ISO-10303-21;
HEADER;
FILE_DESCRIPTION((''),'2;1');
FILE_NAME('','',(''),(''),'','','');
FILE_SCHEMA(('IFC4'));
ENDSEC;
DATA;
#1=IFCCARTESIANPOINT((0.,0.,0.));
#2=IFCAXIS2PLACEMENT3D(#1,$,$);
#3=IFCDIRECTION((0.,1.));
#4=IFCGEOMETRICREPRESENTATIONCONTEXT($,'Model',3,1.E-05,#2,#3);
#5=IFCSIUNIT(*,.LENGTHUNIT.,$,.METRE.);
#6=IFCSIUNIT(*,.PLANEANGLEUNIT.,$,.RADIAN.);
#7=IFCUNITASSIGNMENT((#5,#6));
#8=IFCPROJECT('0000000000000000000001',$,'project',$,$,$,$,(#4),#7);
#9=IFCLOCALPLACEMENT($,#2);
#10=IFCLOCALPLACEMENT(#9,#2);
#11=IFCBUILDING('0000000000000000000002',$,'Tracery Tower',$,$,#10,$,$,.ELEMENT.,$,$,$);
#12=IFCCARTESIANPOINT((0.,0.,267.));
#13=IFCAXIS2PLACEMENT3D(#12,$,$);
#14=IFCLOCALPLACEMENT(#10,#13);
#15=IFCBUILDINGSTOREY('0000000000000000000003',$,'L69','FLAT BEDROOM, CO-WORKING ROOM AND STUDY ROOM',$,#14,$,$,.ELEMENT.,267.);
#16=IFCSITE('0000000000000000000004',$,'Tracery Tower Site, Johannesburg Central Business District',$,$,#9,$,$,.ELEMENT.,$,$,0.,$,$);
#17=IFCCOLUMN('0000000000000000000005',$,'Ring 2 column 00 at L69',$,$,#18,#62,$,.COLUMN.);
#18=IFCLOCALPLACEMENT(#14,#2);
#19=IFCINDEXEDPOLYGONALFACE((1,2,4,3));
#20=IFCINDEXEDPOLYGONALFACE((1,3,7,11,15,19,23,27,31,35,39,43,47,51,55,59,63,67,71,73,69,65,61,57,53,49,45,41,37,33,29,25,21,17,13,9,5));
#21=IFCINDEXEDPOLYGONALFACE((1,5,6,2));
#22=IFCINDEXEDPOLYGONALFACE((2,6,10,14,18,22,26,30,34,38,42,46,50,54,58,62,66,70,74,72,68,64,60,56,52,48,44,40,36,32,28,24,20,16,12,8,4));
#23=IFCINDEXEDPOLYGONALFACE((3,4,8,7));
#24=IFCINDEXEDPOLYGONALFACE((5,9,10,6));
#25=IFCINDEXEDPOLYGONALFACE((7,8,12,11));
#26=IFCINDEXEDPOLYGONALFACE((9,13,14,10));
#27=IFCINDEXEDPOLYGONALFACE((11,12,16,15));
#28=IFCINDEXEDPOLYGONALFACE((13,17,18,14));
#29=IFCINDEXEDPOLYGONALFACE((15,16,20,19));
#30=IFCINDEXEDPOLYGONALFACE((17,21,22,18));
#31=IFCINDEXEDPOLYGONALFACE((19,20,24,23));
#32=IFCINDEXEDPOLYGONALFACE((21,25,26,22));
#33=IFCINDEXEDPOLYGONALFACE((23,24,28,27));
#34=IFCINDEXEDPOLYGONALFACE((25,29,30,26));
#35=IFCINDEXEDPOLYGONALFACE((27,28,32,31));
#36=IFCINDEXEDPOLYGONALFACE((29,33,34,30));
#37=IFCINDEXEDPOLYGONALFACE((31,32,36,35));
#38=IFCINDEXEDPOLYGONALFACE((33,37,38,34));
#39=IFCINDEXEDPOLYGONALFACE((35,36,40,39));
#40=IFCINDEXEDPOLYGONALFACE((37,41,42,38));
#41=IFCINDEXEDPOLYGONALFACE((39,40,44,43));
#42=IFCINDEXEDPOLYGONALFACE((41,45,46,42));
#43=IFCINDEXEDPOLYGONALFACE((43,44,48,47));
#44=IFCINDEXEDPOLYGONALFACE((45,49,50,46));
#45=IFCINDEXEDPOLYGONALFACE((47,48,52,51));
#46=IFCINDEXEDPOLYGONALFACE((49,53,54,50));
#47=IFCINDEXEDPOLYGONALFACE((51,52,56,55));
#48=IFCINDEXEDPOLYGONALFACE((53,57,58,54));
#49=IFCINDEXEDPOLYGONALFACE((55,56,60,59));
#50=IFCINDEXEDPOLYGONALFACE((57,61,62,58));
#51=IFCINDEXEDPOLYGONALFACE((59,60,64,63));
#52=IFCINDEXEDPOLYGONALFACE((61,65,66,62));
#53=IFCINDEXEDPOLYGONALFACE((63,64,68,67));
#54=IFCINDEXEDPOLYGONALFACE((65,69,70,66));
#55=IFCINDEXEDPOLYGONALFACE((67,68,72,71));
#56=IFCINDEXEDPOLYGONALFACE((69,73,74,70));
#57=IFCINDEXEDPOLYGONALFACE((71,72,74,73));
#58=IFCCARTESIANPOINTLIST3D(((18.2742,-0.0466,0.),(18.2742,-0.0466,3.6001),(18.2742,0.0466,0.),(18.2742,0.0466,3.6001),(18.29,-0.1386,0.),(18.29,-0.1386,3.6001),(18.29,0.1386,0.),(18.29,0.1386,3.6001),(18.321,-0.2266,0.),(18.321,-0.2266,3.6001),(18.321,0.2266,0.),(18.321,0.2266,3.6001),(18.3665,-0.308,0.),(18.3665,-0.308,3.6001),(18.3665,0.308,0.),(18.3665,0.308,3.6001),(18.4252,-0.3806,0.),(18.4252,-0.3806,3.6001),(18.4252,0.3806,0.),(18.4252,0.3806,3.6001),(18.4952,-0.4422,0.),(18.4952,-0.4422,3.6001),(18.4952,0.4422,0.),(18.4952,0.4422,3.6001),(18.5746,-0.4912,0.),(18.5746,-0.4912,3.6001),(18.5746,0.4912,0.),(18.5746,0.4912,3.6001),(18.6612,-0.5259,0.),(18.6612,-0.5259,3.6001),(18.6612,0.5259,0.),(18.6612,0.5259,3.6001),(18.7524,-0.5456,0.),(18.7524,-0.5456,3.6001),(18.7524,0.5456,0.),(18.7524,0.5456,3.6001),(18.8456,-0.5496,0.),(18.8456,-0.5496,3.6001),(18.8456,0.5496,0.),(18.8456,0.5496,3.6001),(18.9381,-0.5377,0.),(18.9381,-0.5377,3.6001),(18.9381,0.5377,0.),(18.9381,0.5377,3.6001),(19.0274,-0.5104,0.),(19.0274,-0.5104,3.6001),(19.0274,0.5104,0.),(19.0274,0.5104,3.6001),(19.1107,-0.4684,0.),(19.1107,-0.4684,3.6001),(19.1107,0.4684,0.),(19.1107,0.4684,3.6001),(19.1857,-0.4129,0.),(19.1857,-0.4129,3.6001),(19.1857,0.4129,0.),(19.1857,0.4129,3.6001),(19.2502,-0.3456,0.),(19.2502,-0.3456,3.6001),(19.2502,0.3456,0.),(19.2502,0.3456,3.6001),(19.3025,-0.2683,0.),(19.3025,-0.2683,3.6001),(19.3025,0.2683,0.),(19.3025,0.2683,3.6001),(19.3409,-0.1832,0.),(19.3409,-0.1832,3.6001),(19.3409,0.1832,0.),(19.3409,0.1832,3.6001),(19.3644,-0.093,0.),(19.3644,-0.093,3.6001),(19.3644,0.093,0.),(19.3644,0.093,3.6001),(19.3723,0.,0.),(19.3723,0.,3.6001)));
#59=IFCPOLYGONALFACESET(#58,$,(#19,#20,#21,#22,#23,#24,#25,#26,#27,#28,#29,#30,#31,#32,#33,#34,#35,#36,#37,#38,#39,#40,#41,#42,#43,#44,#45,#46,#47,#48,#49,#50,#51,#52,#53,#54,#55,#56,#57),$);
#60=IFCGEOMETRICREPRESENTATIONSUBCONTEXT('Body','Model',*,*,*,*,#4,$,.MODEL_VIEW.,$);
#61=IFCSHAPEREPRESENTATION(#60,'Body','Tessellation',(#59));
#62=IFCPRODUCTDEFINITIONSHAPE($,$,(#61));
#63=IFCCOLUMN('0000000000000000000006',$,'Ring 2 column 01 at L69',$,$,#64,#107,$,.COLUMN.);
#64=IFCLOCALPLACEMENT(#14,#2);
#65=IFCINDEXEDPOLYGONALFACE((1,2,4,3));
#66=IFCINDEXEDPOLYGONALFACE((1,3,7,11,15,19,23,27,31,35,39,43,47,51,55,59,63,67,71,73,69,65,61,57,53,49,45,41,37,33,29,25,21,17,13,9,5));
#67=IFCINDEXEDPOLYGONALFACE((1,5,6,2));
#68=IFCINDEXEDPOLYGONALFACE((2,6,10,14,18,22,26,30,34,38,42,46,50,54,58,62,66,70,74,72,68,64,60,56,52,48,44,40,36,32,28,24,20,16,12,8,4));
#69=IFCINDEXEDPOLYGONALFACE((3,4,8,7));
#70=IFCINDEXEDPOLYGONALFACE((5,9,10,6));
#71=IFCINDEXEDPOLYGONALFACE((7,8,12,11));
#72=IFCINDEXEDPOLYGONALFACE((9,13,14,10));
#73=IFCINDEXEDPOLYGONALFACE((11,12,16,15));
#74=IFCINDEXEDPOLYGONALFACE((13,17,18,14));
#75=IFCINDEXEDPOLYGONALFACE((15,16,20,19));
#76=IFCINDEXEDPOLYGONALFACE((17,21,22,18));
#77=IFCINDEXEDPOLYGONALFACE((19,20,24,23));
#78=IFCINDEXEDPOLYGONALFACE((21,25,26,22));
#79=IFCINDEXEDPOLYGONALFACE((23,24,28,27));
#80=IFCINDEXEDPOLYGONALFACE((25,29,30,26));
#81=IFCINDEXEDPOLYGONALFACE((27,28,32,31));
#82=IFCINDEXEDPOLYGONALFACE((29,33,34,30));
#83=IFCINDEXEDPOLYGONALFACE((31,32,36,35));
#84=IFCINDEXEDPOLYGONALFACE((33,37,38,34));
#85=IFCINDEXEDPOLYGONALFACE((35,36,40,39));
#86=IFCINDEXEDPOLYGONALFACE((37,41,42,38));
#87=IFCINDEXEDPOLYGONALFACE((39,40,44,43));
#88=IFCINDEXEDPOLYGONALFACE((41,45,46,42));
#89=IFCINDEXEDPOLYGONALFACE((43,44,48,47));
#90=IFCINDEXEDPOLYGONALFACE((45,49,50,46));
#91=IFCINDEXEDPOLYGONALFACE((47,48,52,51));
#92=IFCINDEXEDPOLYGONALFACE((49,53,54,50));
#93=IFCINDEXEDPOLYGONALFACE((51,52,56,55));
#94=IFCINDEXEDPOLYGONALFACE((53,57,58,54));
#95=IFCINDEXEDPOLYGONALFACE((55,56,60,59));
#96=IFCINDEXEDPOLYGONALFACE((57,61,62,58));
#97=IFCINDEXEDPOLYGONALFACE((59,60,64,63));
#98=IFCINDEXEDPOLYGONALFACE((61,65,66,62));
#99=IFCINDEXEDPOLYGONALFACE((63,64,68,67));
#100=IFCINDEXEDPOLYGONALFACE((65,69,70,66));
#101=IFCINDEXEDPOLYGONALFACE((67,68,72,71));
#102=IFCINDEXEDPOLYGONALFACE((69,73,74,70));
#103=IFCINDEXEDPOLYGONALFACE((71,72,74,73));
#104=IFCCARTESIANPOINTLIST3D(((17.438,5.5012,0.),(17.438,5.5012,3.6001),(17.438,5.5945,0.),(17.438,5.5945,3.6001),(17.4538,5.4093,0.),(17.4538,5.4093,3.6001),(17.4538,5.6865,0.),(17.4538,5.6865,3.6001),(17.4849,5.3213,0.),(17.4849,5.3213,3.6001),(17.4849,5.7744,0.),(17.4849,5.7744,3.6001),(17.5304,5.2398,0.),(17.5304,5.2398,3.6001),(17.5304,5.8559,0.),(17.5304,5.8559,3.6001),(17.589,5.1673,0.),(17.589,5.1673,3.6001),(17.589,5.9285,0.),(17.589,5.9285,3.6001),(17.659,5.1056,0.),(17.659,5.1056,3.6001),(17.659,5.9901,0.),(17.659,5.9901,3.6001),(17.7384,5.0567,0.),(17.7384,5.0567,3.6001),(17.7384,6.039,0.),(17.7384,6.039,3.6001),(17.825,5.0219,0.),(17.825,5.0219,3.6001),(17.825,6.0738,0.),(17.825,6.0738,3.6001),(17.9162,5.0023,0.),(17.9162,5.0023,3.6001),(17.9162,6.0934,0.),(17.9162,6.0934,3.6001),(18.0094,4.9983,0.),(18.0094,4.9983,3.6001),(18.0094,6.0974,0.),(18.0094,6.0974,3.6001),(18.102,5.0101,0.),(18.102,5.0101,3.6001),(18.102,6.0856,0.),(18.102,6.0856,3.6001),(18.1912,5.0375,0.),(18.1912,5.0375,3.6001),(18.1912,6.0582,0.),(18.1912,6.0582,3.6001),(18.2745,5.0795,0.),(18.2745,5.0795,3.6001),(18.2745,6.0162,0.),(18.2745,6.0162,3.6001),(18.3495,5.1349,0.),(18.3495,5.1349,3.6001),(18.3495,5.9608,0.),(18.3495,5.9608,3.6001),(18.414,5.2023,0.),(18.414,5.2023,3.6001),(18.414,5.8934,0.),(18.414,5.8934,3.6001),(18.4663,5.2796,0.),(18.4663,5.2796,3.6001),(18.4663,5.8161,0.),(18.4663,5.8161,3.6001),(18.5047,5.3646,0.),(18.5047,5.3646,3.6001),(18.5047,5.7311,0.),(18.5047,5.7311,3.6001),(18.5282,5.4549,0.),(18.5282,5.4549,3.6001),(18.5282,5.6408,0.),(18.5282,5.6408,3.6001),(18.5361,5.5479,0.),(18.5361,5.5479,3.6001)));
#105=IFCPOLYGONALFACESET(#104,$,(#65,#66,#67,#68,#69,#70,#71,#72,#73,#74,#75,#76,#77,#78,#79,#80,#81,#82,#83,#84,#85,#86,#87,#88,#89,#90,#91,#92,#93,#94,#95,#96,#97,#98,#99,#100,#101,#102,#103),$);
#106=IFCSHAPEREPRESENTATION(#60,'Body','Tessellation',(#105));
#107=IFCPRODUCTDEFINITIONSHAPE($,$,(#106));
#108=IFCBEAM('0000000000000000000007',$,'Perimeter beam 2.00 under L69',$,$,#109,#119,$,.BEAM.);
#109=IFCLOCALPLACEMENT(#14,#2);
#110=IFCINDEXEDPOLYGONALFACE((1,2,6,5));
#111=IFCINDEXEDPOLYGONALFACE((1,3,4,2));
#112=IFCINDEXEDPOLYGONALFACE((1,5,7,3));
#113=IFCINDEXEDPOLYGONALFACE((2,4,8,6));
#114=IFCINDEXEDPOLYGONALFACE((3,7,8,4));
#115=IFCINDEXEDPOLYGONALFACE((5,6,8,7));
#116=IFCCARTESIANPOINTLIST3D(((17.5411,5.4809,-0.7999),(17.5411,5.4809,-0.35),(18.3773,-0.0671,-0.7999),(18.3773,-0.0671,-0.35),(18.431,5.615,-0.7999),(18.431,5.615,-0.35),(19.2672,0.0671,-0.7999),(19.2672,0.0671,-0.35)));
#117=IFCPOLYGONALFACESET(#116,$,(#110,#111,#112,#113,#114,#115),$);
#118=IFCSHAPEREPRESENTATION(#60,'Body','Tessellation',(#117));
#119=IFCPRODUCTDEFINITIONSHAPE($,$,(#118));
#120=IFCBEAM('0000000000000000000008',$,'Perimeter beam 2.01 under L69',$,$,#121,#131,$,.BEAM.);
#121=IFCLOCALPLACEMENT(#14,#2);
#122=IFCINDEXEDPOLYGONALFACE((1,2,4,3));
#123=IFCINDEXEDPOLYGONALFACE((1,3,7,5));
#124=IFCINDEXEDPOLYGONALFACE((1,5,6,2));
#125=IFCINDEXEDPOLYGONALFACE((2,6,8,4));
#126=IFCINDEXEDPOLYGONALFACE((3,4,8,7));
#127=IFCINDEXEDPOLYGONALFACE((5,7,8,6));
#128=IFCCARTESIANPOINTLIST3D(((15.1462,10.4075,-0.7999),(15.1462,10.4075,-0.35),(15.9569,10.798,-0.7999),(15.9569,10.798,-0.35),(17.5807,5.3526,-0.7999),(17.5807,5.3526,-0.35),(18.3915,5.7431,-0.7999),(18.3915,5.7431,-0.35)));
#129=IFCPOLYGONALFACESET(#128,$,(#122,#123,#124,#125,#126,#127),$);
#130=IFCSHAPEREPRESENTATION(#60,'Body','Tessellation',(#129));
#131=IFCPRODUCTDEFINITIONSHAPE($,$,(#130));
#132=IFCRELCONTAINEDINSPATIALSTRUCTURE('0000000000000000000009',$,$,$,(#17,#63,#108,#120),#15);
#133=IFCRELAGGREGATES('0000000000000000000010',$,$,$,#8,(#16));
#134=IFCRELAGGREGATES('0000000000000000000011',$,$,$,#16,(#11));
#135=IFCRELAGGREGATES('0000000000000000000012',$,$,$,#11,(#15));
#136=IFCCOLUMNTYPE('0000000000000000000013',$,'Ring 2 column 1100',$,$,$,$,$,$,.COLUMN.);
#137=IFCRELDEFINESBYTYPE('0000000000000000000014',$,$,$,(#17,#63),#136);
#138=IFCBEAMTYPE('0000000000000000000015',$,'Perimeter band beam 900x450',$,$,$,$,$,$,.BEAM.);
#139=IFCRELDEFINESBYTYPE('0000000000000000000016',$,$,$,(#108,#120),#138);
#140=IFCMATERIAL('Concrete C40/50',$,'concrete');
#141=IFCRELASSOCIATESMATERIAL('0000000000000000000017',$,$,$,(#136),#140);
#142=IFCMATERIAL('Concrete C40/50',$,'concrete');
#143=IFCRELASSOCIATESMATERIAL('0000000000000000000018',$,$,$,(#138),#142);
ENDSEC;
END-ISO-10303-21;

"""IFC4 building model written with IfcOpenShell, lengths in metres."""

from ifc_helpers import new_model, si_unit, direction, frame, origin, origin_2d, place, context, subcontext, project, spatial, rectangle, circle, extrude, material, material_profile, profile_set, type_object, element, save


model = new_model("IFC4")

# Units and contexts
model_context = context("Model", 3, precision=1e-05, world=origin(), true_north=direction((0.0, 1.0)))
body_context = subcontext(model_context, "Body", "Model", "MODEL_VIEW")
ifc_project = project(units=[si_unit("LENGTHUNIT", "METRE"), si_unit("PLANEANGLEUNIT", "RADIAN")], contexts=[model_context])

# Site, building, storey
site_placement = place(None, origin())
site = spatial("IfcSite", under=ifc_project, at=site_placement, Name="Tracery Tower Site, Johannesburg Central Business District", CompositionType="ELEMENT", RefElevation=0.0)
building_placement = place(site_placement, origin())
building = spatial("IfcBuilding", under=site, at=building_placement, Name="Tracery Tower", CompositionType="ELEMENT")
storey_placement = place(building_placement, frame((0.0, 0.0, 267.0)))
storey = spatial("IfcBuildingStorey", under=building, at=storey_placement, Name="L69", Description="FLAT BEDROOM, CO-WORKING ROOM AND STUDY ROOM", CompositionType="ELEMENT", Elevation=267.0)

# Columns
ifc_material_1 = material(Name="Concrete C40/50", Category="concrete")
ifc_material_profile_1 = material_profile(ifc_material_1, circle(Radius=0.55, at=origin_2d()), Name="RC D1100")
ifc_profile_set_1 = profile_set([ifc_material_profile_1], Name="Concrete C40/50")
column_type = type_object("IfcColumnType", Name="Ring 2 column 1100", PredefinedType="COLUMN", material=ifc_profile_set_1)
for number, where, z_axis, x_axis, name in (
    (1, (18.8223, 0.0, 0.0), (0.0, 0.0, 1.0), (1.0, 0.0, 0.0), "Ring 2 column 00 at L69"),
    (2, (17.9861, 5.5479, 0.0), (0.0, 0.0, 1.0), (1.0, 0.0, 0.0), "Ring 2 column 01 at L69"),
):
    element("IfcColumn", number, at=place(storey_placement, frame(where, z_axis=z_axis, x_axis=x_axis)), inside=storey, type_object=column_type, Name=name, PredefinedType="COLUMN", context=body_context, shape_type="SweptSolid", body=[
        extrude(circle(Radius=0.55, at=origin_2d()), origin(), (0.0, 0.0, 1.0), 3.6001),
    ])

# Beams
ifc_material_2 = material(Name="Concrete C40/50", Category="concrete")
ifc_material_profile_2 = material_profile(ifc_material_2, rectangle(XDim=0.8999, YDim=0.45, at=origin_2d()), Name="RC 900x450")
ifc_profile_set_2 = profile_set([ifc_material_profile_2], Name="Concrete C40/50")
beam_type = type_object("IfcBeamType", Name="Perimeter band beam 900x450", PredefinedType="BEAM", material=ifc_profile_set_2)
for number, where, z_axis, x_axis, name in (
    (3, (18.8223, 0.0, -0.575), (-0.149038, 0.988831, 0.0), (-0.988831, -0.149038, 0.0), "Perimeter beam 2.00 under L69"),
    (4, (17.9861, 5.5479, -0.575), (-0.433919, 0.900952, 0.0), (-0.900952, -0.433919, 0.0), "Perimeter beam 2.01 under L69"),
):
    element("IfcBeam", number, at=place(storey_placement, frame(where, z_axis=z_axis, x_axis=x_axis)), inside=storey, type_object=beam_type, Name=name, PredefinedType="BEAM", context=body_context, shape_type="SweptSolid", body=[
        extrude(rectangle(XDim=0.8999, YDim=0.45, at=origin_2d()), origin(), (0.0, 0.0, 1.0), 5.6106),
    ])

save(model, "model.ifc")
